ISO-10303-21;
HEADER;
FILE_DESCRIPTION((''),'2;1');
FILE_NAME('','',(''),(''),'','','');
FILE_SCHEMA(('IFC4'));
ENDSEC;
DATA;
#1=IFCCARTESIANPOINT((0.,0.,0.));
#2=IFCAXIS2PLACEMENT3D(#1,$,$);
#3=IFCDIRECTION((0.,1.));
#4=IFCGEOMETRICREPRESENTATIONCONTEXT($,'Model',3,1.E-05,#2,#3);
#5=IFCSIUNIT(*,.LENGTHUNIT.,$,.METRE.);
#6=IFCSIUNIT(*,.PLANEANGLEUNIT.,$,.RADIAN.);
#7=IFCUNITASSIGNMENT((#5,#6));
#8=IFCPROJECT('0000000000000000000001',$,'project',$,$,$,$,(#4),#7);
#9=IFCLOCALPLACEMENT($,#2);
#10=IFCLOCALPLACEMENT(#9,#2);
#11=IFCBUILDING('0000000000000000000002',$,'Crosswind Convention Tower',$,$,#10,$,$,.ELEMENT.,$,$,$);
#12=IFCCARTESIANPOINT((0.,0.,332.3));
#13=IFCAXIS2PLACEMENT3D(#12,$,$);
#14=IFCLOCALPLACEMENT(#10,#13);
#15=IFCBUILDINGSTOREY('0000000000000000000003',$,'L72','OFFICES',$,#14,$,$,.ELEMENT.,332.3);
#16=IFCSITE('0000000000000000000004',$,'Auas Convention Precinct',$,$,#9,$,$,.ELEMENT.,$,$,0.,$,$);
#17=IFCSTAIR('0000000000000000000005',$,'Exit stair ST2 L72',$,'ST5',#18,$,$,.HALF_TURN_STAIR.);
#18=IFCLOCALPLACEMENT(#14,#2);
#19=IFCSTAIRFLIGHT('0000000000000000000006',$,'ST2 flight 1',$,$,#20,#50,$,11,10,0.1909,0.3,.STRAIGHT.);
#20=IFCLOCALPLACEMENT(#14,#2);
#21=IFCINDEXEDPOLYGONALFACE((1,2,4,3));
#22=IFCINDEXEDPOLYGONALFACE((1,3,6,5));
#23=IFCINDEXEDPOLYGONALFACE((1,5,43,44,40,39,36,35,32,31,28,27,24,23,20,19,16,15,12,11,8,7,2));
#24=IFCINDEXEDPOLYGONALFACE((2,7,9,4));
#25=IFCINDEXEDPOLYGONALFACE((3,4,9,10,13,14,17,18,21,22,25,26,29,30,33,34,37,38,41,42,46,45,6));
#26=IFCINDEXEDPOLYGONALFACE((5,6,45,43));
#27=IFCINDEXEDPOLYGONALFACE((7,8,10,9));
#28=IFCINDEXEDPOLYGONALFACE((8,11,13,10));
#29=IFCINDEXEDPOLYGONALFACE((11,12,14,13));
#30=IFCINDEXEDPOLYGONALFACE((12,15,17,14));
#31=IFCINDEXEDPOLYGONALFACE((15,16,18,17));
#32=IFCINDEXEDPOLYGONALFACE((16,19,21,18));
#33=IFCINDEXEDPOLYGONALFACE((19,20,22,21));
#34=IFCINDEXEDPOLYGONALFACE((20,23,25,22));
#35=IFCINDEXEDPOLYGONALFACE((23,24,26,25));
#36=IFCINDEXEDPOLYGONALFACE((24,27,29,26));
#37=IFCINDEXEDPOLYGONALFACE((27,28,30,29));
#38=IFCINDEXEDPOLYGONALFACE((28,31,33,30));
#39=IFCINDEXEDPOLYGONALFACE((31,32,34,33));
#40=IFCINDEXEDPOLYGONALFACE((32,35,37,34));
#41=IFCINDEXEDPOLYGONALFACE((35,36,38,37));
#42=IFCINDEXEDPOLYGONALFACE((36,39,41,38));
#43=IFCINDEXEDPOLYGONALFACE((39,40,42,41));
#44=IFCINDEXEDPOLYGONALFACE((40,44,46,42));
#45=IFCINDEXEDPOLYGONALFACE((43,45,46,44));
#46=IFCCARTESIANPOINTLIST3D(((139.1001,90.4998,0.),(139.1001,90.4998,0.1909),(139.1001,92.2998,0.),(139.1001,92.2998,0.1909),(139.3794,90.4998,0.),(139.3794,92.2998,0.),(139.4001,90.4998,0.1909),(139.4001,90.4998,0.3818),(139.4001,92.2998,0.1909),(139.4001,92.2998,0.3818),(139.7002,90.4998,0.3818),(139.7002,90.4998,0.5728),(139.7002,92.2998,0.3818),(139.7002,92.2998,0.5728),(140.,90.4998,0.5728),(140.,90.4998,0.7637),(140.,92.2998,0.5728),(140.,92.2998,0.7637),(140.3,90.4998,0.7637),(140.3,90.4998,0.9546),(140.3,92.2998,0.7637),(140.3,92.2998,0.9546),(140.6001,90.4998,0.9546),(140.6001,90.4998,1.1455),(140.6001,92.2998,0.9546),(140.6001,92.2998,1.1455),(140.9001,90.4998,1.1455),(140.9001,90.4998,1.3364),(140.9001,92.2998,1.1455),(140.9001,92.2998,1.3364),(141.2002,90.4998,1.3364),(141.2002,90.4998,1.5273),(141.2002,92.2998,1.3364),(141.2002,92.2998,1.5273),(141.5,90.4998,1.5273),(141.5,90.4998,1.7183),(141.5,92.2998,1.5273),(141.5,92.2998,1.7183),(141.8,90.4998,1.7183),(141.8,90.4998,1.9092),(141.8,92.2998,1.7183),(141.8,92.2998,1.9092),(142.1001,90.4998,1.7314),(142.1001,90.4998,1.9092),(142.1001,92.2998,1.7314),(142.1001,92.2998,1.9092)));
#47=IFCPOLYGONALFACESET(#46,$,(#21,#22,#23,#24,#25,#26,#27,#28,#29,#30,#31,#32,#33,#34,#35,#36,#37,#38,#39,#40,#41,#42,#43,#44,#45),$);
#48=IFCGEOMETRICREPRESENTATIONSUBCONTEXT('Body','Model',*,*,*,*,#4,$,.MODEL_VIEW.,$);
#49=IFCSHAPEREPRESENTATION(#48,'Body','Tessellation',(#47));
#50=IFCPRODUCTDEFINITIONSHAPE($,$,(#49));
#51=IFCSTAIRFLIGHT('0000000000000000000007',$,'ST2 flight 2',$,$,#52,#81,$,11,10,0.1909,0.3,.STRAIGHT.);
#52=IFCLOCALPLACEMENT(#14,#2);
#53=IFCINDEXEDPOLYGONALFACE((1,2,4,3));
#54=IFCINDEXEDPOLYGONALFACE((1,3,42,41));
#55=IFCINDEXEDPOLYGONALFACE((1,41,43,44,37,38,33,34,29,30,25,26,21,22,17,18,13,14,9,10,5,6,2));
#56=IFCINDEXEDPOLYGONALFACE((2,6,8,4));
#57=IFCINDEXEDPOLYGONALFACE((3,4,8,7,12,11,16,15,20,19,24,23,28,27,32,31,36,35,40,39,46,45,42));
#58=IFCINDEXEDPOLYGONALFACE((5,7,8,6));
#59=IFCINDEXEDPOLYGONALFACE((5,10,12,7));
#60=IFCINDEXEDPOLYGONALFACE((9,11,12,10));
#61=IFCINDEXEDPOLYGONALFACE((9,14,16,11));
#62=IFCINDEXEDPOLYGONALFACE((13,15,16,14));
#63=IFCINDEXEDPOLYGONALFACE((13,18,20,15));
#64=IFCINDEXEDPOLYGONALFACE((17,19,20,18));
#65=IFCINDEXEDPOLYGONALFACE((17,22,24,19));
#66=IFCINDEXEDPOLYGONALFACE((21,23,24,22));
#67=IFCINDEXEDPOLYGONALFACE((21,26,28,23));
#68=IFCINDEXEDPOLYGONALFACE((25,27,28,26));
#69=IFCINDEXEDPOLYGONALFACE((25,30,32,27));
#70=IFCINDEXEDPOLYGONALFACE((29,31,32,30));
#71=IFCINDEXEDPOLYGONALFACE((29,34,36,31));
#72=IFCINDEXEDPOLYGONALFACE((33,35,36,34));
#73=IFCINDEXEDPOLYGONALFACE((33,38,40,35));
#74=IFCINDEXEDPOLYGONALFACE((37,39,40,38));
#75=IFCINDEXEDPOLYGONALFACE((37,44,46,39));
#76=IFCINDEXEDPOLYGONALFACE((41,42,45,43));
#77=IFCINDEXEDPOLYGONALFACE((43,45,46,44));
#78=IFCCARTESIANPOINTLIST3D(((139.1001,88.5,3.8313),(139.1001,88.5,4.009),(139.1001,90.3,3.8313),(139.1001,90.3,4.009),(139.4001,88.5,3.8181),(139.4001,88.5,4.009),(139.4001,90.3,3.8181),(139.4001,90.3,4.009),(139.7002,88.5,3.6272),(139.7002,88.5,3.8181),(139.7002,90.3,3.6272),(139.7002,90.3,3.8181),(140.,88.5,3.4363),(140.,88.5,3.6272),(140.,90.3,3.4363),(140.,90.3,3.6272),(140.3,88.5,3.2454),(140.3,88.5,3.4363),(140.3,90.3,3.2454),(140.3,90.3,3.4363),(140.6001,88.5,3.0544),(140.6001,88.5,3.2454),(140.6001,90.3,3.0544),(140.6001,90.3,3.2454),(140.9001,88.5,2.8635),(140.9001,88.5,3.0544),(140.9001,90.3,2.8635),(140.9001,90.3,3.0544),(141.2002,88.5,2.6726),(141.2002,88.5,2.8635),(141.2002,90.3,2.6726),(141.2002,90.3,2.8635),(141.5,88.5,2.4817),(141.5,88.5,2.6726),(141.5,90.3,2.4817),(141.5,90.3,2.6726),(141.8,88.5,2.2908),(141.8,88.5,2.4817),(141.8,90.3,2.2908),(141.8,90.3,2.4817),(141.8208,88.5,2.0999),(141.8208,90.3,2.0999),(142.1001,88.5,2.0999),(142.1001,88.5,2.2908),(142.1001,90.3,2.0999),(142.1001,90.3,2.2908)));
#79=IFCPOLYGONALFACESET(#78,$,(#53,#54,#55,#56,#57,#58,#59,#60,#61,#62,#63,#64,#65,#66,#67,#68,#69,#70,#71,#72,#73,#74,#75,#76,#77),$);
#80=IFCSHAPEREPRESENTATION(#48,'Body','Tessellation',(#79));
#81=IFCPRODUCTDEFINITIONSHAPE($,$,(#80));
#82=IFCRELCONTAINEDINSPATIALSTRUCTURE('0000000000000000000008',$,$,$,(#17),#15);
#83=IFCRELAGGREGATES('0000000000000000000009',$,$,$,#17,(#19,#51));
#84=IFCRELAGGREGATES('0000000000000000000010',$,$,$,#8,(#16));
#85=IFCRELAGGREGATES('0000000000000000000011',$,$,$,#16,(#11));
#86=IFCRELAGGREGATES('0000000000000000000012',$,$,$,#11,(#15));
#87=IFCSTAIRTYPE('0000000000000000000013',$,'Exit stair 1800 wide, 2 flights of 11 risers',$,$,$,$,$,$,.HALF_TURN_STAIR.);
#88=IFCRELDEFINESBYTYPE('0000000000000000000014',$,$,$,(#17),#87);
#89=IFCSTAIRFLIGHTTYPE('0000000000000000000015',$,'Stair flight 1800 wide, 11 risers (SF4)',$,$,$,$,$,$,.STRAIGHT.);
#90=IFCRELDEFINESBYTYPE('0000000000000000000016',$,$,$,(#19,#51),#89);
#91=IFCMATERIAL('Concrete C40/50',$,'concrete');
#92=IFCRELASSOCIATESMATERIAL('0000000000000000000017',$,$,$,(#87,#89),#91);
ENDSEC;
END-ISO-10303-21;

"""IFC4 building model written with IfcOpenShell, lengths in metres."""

from ifc_helpers import new_model, si_unit, direction, frame, origin, place, context, subcontext, project, spatial, polyline, outline, extrude, material, type_object, element, aggregate, save


model = new_model("IFC4")

# Units and contexts
model_context = context("Model", 3, precision=1e-05, world=origin(), true_north=direction((0.0, 1.0)))
body_context = subcontext(model_context, "Body", "Model", "MODEL_VIEW")
ifc_project = project(units=[si_unit("LENGTHUNIT", "METRE"), si_unit("PLANEANGLEUNIT", "RADIAN")], contexts=[model_context])

# Site, building, storey
site_placement = place(None, origin())
site = spatial("IfcSite", under=ifc_project, at=site_placement, Name="Auas Convention Precinct", CompositionType="ELEMENT", RefElevation=0.0)
building_placement = place(site_placement, origin())
building = spatial("IfcBuilding", under=site, at=building_placement, Name="Crosswind Convention Tower", CompositionType="ELEMENT")
storey_placement = place(building_placement, frame((0.0, 0.0, 332.3)))
storey = spatial("IfcBuildingStorey", under=building, at=storey_placement, Name="L72", Description="OFFICES", CompositionType="ELEMENT", Elevation=332.3)

# Stair, stair flights
ifc_material_1 = material(Name="Concrete C40/50", Category="concrete")
stair_type = type_object("IfcStairType", Name="Exit stair 1800 wide, 2 flights of 11 risers", PredefinedType="HALF_TURN_STAIR", material=ifc_material_1)
stair_placement = place(storey_placement, origin())
stair = element("IfcStair", 1, at=stair_placement, inside=storey, type_object=stair_type, Name="Exit stair ST2 L72", ObjectType="ST5", PredefinedType="HALF_TURN_STAIR")
stair_flight_type = type_object("IfcStairFlightType", Name="Stair flight 1800 wide, 11 risers (SF4)", PredefinedType="STRAIGHT", material=ifc_material_1)
stair_flight_1_placement = place(storey_placement, frame((139.1001, 91.3999, 0.0), z_axis=(0.0, 0.0, 1.0), x_axis=(1.0, 0.0, 0.0)))
stair_flight_1 = element("IfcStairFlight", 2, at=stair_flight_1_placement, type_object=stair_flight_type, Name="ST2 flight 1", NumberOfRisers=11, NumberOfTreads=10, PredefinedType="STRAIGHT", RiserHeight=0.1909, TreadLength=0.3, context=body_context, shape_type="SweptSolid", body=[
    extrude(outline(polyline([(0.0, 0.0), (0.0, 0.1909), (0.3, 0.1909), (0.3, 0.3818), (0.6001, 0.3818), (0.6001, 0.5728), (0.8999, 0.5728), (0.8999, 0.7637), (1.2, 0.7637), (1.2, 0.9546), (1.5, 0.9546), (1.5, 1.1455), (1.8, 1.1455), (1.8, 1.3364), (2.1001, 1.3364), (2.1001, 1.5273), (2.3999, 1.5273), (2.3999, 1.7183), (2.7, 1.7183), (2.7, 1.9092), (3.0, 1.9092), (3.0, 2.1001), (3.0, 1.7314), (0.2793, 0.0), (0.0, 0.0)])), frame((0.0, 0.8999, 0.0), z_axis=(0.0, -1.0, 0.0), x_axis=(1.0, 0.0, 0.0)), (0.0, 0.0, 1.0), 1.8),
])
stair_flight_2_placement = place(storey_placement, frame((142.1001, 89.3999, 2.0999), z_axis=(0.0, 0.0, 1.0), x_axis=(-1.0, 0.0, 0.0)))
stair_flight_2 = element("IfcStairFlight", 3, at=stair_flight_2_placement, type_object=stair_flight_type, Name="ST2 flight 2", NumberOfRisers=11, NumberOfTreads=10, PredefinedType="STRAIGHT", RiserHeight=0.1909, TreadLength=0.3, context=body_context, shape_type="SweptSolid", body=[
    extrude(outline(polyline([(0.0, 0.0), (0.0, 0.1909), (0.3, 0.1909), (0.3, 0.3818), (0.6001, 0.3818), (0.6001, 0.5728), (0.8999, 0.5728), (0.8999, 0.7637), (1.2, 0.7637), (1.2, 0.9546), (1.5, 0.9546), (1.5, 1.1455), (1.8, 1.1455), (1.8, 1.3364), (2.1001, 1.3364), (2.1001, 1.5273), (2.3999, 1.5273), (2.3999, 1.7183), (2.7, 1.7183), (2.7, 1.9092), (3.0, 1.9092), (3.0, 2.1001), (3.0, 1.7314), (0.2793, 0.0), (0.0, 0.0)])), frame((0.0, 0.8999, 0.0), z_axis=(0.0, -1.0, 0.0), x_axis=(1.0, 0.0, 0.0)), (0.0, 0.0, 1.0), 1.8),
])
aggregate(stair, [stair_flight_1, stair_flight_2])

save(model, "model.ifc")
